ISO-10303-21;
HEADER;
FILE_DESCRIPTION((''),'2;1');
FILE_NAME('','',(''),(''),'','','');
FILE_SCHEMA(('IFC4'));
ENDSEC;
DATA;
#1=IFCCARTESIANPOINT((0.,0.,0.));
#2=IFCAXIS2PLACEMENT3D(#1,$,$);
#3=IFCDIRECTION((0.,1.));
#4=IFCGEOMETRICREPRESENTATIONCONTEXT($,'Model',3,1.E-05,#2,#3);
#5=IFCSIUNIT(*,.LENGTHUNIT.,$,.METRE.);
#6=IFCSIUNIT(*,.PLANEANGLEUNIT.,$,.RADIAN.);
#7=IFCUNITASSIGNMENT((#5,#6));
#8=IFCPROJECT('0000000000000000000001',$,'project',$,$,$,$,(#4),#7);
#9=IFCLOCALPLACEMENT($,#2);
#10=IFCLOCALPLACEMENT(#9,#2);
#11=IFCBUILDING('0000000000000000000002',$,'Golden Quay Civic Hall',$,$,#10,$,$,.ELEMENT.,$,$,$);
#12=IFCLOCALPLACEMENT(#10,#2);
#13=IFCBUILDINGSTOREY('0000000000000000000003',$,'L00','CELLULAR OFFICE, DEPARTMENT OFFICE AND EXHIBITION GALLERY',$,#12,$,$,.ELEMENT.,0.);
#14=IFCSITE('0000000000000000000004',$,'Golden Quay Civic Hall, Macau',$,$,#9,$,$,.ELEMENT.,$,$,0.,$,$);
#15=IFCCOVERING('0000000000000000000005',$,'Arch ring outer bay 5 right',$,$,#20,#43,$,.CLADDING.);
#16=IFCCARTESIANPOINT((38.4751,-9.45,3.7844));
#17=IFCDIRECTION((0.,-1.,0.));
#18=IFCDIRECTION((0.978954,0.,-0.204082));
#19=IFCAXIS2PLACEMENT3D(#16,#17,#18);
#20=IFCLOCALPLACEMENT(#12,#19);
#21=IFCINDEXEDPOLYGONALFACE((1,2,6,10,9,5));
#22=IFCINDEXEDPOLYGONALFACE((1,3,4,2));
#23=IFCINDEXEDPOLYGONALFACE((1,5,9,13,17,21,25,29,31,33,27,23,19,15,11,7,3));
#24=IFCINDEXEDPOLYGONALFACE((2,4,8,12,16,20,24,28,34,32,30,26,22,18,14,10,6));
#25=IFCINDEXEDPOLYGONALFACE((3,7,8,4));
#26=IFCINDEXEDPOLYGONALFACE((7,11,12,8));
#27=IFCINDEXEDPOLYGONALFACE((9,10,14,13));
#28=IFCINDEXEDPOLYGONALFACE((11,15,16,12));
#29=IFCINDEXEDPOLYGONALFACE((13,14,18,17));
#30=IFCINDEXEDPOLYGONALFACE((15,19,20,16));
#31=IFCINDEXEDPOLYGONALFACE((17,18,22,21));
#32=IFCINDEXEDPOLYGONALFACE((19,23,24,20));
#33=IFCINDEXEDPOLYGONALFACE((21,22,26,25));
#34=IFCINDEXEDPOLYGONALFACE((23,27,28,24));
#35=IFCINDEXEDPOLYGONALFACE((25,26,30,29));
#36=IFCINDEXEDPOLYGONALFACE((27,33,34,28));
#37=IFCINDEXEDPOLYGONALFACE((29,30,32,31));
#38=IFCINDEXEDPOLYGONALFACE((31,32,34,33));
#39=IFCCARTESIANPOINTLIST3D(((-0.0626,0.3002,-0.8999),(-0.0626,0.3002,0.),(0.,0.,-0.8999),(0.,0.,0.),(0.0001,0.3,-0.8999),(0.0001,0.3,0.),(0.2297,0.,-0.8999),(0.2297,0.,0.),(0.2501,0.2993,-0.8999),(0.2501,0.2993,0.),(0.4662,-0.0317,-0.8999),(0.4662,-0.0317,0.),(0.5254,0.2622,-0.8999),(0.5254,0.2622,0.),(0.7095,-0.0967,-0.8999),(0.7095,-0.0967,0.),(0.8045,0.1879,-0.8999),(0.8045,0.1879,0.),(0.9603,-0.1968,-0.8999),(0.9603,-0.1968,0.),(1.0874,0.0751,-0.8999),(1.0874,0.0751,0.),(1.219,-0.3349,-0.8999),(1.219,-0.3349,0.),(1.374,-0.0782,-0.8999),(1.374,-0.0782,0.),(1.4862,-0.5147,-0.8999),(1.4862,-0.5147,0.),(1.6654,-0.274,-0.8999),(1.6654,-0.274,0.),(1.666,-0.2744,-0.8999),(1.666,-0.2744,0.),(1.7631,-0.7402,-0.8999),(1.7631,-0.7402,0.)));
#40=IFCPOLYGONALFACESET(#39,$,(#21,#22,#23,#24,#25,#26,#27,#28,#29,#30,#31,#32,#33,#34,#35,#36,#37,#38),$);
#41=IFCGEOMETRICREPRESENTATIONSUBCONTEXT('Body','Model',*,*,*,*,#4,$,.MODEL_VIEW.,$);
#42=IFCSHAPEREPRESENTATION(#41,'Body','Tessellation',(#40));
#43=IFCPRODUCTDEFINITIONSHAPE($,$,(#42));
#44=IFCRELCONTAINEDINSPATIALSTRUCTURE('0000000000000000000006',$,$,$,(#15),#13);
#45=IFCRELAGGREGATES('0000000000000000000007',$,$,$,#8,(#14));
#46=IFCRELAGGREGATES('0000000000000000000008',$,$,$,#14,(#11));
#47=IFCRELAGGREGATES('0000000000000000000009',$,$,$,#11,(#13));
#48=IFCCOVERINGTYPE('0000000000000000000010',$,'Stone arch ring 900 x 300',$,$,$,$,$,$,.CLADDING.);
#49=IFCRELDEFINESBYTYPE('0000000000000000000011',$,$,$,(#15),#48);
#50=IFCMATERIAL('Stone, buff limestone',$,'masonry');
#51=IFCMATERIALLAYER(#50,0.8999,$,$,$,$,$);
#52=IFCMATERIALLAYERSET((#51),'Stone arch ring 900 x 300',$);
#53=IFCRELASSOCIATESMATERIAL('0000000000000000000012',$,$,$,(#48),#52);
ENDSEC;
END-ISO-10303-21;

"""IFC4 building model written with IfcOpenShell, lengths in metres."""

from ifc_helpers import new_model, si_unit, direction, frame, origin, place, context, subcontext, project, spatial, polyline, outline, extrude, material, layer, layer_set, type_object, element, save


model = new_model("IFC4")

# Units and contexts
model_context = context("Model", 3, precision=1e-05, world=origin(), true_north=direction((0.0, 1.0)))
body_context = subcontext(model_context, "Body", "Model", "MODEL_VIEW")
ifc_project = project(units=[si_unit("LENGTHUNIT", "METRE"), si_unit("PLANEANGLEUNIT", "RADIAN")], contexts=[model_context])

# Site, building, storey
site_placement = place(None, origin())
site = spatial("IfcSite", under=ifc_project, at=site_placement, Name="Golden Quay Civic Hall, Macau", CompositionType="ELEMENT", RefElevation=0.0)
building_placement = place(site_placement, origin())
building = spatial("IfcBuilding", under=site, at=building_placement, Name="Golden Quay Civic Hall", CompositionType="ELEMENT")
storey_placement = place(building_placement, origin())
storey = spatial("IfcBuildingStorey", under=building, at=storey_placement, Name="L00", Description="CELLULAR OFFICE, DEPARTMENT OFFICE AND EXHIBITION GALLERY", CompositionType="ELEMENT", Elevation=0.0)

# Covering
ifc_material_1 = material(Name="Stone, buff limestone", Category="masonry")
ifc_layer_1 = layer(ifc_material_1, 0.8999)
ifc_layer_set_1 = layer_set([ifc_layer_1], Name="Stone arch ring 900 x 300")
covering_type_1 = type_object("IfcCoveringType", Name="Stone arch ring 900 x 300", PredefinedType="CLADDING", material=ifc_layer_set_1)
covering_1_placement = place(storey_placement, frame((38.4751, -9.45, 3.7844), z_axis=(0.0, -1.0, 0.0), x_axis=(0.978954, 0.0, -0.204082)))
element("IfcCovering", 1, at=covering_1_placement, inside=storey, type_object=covering_type_1, Name="Arch ring outer bay 5 right", PredefinedType="CLADDING", context=body_context, shape_type="SweptSolid", body=[
    extrude(outline(polyline([(0.0, 0.0), (0.2297, 0.0), (0.4662, -0.0317), (0.7095, -0.0967), (0.9603, -0.1968), (1.219, -0.3349), (1.4862, -0.5147), (1.7631, -0.7402), (1.666, -0.2744), (1.6654, -0.274), (1.374, -0.0782), (1.0874, 0.0751), (0.8045, 0.1879), (0.5254, 0.2622), (0.2501, 0.2993), (0.0001, 0.3), (-0.0626, 0.3002), (0.0, 0.0)])), origin(), (0.0, 0.0, -1.0), 0.8999),
])

save(model, "model.ifc")
